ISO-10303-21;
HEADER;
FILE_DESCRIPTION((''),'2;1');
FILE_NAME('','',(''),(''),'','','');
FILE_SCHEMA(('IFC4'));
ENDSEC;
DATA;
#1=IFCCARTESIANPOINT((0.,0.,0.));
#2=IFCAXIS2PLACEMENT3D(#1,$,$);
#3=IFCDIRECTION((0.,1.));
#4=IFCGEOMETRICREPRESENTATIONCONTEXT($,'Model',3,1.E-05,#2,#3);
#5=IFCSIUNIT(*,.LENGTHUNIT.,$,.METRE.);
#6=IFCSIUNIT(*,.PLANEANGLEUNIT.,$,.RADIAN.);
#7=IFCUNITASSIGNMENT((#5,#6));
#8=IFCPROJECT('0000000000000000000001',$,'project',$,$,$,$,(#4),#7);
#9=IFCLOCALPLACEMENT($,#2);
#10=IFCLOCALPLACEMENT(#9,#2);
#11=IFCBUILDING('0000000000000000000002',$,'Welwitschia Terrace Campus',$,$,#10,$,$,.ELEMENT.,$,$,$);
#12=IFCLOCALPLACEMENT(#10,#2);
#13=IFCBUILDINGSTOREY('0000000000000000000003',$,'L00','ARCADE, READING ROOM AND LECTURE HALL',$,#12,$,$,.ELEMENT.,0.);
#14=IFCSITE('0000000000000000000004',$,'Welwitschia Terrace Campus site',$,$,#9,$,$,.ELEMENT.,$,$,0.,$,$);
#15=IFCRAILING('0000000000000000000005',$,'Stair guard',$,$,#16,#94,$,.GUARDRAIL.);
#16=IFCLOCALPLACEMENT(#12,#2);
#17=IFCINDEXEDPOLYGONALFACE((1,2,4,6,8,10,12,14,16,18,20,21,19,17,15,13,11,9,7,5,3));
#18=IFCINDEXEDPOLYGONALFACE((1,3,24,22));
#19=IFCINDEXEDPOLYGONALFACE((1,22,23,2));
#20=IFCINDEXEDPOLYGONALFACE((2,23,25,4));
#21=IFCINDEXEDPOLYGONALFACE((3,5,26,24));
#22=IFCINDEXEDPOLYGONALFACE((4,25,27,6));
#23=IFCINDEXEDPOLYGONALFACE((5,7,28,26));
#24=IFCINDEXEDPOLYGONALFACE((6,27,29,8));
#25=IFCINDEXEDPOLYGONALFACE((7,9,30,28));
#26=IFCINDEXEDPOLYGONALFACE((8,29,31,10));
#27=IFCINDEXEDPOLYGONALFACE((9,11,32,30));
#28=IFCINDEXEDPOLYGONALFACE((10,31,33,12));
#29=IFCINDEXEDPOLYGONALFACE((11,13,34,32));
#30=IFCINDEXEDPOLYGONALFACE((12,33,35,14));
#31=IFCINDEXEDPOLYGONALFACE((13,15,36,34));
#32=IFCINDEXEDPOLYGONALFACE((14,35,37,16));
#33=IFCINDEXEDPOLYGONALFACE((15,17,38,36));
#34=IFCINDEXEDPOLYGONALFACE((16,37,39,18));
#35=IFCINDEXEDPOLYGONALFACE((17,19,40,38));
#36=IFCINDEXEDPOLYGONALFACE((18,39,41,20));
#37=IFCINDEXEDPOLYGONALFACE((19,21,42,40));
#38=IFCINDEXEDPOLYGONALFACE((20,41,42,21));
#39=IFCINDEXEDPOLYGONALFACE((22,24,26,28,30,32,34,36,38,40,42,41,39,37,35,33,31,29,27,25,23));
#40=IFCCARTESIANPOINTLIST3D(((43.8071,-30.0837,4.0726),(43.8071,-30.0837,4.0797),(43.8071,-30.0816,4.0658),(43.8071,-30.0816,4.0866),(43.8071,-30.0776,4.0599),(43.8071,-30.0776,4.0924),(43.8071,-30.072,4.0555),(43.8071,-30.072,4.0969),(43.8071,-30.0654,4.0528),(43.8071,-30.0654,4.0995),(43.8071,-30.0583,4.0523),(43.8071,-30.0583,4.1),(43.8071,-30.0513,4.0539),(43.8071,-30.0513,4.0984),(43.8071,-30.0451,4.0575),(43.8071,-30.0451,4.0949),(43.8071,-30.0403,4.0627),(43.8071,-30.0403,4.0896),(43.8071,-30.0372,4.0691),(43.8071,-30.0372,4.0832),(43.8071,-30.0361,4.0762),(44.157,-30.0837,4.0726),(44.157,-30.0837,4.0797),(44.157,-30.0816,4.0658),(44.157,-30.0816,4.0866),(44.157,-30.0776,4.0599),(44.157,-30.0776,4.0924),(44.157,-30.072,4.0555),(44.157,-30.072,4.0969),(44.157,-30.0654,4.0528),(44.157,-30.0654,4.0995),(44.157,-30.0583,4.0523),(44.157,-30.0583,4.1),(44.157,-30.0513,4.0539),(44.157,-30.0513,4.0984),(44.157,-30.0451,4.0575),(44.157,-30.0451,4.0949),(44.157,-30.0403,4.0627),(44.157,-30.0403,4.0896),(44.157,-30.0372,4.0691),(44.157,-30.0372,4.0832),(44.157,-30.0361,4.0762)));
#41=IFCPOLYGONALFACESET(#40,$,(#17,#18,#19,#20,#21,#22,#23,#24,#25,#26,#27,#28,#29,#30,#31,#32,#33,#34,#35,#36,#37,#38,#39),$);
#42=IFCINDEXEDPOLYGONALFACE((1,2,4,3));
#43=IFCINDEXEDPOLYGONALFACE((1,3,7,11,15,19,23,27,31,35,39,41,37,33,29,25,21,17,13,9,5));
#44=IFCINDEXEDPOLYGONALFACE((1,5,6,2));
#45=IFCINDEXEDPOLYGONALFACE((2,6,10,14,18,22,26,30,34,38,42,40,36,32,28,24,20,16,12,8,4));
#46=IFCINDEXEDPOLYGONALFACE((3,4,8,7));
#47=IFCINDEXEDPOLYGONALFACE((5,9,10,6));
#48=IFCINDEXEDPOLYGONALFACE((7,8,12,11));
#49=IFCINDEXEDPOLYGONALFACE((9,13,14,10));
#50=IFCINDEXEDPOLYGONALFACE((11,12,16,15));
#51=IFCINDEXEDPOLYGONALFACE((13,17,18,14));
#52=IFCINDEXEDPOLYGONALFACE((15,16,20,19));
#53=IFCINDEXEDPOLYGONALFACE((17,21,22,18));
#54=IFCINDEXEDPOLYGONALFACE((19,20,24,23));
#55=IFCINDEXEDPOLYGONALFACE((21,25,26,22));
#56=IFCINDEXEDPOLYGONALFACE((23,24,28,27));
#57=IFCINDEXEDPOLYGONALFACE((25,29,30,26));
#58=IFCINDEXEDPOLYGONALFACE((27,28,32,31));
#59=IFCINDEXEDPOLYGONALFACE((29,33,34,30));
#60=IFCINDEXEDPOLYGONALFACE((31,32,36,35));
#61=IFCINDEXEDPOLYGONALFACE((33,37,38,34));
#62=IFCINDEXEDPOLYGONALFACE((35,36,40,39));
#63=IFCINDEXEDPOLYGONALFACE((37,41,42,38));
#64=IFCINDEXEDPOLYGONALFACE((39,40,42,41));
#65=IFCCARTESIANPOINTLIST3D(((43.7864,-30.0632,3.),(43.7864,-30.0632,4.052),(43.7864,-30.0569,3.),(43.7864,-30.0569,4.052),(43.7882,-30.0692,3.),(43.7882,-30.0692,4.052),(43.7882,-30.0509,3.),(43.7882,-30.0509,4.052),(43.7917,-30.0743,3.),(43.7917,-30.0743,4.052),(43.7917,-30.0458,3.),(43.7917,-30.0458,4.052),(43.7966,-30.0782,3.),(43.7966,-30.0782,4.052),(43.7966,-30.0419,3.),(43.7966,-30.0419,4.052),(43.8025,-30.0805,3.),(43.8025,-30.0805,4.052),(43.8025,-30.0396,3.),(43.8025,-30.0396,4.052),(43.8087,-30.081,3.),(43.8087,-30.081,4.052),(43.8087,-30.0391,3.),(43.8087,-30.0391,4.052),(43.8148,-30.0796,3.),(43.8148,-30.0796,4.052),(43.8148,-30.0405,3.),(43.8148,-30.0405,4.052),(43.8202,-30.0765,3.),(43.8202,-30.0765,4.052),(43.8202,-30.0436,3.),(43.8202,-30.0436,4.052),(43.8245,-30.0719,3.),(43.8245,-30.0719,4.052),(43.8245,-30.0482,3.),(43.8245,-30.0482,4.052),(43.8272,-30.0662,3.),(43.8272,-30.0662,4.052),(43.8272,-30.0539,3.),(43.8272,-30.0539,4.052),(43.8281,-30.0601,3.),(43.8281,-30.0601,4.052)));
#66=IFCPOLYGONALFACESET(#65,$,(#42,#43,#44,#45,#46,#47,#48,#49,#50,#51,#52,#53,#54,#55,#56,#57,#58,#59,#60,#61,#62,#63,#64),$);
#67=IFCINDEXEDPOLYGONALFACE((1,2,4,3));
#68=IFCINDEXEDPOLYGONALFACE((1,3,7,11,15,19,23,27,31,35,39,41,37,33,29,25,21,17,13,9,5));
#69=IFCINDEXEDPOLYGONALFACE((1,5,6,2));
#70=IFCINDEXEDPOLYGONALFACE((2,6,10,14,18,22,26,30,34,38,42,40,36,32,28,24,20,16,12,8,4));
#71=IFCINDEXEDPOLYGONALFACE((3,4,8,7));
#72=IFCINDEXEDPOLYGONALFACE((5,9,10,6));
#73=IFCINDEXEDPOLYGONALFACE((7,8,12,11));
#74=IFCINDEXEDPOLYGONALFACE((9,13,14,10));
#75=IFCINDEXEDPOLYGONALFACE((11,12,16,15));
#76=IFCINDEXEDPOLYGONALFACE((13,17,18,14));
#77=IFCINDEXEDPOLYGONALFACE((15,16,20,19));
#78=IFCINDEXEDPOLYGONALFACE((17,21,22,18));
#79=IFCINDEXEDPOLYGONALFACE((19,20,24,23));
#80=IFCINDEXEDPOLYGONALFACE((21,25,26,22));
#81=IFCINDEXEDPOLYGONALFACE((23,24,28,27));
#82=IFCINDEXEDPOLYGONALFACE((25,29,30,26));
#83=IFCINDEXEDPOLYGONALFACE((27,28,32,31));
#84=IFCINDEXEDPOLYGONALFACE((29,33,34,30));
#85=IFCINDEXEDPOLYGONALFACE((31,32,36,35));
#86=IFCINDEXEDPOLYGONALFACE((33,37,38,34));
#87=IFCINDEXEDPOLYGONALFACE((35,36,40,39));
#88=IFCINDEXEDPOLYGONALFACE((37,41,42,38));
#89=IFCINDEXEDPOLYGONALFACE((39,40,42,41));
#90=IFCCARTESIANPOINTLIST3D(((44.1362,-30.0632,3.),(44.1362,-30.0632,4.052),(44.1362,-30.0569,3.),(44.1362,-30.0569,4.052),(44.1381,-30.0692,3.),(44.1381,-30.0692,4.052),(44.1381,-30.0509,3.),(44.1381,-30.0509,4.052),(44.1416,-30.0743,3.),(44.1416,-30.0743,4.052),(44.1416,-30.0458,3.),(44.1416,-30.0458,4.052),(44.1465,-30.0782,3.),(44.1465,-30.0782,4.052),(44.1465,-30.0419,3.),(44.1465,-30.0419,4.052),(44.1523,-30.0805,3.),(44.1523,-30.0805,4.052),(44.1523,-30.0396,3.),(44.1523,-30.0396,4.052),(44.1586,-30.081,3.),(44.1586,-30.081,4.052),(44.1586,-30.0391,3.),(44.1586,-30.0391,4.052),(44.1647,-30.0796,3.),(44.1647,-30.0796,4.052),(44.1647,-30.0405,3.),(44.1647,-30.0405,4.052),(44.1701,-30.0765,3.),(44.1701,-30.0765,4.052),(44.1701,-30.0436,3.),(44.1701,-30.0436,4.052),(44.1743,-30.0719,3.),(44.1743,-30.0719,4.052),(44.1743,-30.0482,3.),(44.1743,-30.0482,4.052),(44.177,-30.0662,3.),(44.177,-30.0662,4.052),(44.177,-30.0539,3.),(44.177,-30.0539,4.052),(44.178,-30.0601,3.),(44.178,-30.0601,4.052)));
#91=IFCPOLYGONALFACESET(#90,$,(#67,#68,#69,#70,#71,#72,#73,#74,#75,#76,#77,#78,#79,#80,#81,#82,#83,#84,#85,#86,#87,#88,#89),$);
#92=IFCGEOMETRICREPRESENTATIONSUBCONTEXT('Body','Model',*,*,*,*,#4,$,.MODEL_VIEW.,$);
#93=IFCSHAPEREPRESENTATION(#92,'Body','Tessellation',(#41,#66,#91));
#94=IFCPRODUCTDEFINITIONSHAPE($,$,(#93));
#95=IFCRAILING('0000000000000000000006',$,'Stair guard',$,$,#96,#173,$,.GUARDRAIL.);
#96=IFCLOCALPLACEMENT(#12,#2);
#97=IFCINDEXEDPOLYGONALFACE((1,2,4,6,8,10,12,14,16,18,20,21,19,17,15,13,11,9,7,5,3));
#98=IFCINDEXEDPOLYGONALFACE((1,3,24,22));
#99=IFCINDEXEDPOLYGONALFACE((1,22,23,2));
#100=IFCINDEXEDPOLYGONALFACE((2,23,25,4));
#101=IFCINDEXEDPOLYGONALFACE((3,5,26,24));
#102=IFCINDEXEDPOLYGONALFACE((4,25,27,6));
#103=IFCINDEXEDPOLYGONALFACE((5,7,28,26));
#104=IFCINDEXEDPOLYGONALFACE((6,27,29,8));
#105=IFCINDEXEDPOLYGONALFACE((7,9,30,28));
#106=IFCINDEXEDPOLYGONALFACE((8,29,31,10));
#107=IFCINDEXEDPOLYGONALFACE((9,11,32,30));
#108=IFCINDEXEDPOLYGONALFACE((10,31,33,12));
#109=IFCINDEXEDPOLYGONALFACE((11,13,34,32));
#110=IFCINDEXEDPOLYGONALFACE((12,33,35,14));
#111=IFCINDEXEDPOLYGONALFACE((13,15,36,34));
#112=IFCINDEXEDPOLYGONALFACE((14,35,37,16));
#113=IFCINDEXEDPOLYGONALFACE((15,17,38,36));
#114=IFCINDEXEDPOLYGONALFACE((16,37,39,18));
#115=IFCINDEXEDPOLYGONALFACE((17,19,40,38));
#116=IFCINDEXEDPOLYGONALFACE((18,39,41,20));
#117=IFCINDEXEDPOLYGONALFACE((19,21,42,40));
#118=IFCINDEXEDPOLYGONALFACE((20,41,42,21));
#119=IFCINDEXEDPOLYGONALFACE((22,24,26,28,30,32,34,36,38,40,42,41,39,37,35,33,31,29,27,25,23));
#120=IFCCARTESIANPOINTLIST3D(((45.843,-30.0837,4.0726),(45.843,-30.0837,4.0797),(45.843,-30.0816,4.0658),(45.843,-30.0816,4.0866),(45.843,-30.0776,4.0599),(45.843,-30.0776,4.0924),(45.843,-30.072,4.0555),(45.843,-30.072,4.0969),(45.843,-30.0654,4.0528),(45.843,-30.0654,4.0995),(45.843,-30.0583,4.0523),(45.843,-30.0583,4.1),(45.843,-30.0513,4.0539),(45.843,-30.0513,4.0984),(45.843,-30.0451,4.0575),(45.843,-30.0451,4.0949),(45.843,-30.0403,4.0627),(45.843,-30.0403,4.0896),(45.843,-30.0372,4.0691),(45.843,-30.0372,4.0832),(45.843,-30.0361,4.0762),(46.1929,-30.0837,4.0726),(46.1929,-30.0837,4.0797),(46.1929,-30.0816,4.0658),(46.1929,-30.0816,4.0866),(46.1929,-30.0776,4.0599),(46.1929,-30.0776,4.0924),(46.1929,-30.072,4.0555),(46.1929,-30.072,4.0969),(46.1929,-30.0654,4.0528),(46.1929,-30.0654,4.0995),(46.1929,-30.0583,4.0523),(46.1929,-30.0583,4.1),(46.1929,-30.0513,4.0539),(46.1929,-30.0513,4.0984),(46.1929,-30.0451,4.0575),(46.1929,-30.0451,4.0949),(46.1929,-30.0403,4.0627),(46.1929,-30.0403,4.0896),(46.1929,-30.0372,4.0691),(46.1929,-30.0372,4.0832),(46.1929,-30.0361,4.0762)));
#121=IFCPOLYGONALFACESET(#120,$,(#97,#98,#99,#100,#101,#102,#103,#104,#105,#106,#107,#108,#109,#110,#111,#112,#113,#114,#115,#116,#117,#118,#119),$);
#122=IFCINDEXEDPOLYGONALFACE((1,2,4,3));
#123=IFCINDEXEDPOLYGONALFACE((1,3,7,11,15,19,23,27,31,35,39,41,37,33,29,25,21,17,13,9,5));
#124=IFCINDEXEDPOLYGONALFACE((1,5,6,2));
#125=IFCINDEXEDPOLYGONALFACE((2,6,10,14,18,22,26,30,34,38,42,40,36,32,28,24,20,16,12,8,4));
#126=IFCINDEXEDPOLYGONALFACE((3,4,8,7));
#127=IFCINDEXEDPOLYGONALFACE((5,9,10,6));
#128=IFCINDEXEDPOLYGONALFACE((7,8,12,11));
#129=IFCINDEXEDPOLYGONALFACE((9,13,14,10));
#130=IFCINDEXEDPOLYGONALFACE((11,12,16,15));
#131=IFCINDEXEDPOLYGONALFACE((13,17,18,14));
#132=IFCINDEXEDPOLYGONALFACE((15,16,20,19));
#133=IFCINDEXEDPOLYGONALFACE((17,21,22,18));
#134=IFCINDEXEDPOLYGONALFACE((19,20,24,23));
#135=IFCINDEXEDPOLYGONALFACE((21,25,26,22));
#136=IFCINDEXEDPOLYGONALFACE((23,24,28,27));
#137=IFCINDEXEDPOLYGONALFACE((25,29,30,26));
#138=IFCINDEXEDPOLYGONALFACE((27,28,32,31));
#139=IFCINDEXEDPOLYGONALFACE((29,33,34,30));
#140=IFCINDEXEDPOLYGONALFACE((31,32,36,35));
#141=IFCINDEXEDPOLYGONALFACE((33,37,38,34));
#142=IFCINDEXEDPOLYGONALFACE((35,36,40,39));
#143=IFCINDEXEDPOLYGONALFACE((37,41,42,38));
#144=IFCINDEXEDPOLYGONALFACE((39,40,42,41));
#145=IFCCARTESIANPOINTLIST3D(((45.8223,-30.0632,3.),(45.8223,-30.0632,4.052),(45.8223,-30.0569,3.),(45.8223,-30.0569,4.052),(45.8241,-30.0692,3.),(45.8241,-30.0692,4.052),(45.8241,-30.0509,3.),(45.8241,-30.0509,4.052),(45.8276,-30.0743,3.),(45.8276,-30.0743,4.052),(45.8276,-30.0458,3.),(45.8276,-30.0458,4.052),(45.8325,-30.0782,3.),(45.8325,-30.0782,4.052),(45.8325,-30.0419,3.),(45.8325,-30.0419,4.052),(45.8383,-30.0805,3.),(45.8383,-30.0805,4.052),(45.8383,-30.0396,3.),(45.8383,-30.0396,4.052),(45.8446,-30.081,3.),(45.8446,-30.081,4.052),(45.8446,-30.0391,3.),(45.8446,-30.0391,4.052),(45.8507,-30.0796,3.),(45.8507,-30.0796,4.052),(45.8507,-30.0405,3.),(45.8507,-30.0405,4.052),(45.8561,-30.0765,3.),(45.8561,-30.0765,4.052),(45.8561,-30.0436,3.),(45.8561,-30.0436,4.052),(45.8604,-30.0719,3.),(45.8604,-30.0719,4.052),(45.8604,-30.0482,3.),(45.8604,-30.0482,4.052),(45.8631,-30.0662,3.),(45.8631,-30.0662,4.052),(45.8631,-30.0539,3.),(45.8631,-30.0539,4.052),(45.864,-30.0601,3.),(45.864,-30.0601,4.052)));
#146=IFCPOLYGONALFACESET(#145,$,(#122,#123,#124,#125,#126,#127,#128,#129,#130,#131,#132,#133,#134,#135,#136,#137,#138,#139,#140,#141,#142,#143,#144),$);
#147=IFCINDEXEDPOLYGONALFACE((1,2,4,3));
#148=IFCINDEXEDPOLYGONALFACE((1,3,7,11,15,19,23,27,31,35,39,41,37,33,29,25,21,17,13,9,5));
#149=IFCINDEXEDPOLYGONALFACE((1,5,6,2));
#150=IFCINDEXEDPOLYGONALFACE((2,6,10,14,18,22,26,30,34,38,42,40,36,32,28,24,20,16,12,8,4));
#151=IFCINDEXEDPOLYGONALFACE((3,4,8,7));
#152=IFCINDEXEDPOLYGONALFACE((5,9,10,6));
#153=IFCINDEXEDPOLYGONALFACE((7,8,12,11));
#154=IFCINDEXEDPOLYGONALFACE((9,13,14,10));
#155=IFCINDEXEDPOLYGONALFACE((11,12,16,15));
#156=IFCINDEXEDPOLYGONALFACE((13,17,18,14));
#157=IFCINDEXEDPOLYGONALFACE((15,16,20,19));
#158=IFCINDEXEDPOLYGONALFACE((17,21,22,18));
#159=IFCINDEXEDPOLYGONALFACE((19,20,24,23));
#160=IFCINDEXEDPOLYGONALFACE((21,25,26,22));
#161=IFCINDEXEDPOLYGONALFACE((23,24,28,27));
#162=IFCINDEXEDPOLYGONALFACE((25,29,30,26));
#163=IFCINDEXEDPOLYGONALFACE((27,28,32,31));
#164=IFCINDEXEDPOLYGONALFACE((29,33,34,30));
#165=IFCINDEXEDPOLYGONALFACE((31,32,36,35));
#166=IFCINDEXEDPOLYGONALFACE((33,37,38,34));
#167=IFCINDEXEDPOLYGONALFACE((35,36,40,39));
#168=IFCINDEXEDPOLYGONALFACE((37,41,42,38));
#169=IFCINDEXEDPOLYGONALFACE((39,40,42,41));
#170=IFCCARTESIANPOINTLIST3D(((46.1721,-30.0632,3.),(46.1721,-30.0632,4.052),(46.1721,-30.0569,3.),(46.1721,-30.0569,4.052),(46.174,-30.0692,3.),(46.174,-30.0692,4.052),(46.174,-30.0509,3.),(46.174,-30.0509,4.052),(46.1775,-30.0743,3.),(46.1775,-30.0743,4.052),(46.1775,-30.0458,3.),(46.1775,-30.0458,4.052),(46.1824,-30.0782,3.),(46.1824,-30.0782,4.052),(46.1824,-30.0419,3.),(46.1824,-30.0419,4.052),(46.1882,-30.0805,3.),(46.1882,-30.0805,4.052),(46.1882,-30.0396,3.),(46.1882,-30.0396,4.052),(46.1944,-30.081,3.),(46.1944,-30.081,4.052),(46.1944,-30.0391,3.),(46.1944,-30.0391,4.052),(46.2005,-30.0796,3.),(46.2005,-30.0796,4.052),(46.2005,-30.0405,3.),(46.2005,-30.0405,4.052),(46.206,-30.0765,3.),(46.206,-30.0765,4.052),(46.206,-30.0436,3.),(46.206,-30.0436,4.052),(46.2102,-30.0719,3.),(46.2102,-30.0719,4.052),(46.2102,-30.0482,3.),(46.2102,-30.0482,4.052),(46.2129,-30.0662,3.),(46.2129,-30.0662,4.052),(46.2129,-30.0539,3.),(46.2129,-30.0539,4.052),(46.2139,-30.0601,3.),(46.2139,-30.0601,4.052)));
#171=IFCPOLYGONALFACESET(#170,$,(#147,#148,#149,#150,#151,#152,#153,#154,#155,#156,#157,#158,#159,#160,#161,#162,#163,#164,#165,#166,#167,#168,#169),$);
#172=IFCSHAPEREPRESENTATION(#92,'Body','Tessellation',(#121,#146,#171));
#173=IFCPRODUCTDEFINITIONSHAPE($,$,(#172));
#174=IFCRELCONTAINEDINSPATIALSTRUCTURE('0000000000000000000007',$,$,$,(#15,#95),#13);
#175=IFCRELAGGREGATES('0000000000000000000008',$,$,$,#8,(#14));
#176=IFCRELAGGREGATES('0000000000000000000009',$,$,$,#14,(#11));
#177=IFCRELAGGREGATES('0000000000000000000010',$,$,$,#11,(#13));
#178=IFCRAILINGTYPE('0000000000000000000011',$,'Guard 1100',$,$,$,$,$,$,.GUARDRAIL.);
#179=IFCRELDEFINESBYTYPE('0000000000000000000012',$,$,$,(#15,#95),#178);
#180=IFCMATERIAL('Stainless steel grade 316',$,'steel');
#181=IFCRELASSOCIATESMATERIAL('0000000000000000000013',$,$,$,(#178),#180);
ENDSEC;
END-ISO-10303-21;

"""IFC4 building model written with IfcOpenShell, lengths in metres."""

from ifc_helpers import new_model, si_unit, direction, frame, origin, origin_2d, place, context, subcontext, project, spatial, circle, extrude, material, type_object, element, save


model = new_model("IFC4")

# Units and contexts
model_context = context("Model", 3, precision=1e-05, world=origin(), true_north=direction((0.0, 1.0)))
body_context = subcontext(model_context, "Body", "Model", "MODEL_VIEW")
ifc_project = project(units=[si_unit("LENGTHUNIT", "METRE"), si_unit("PLANEANGLEUNIT", "RADIAN")], contexts=[model_context])

# Site, building, storey
site_placement = place(None, origin())
site = spatial("IfcSite", under=ifc_project, at=site_placement, Name="Welwitschia Terrace Campus site", CompositionType="ELEMENT", RefElevation=0.0)
building_placement = place(site_placement, origin())
building = spatial("IfcBuilding", under=site, at=building_placement, Name="Welwitschia Terrace Campus", CompositionType="ELEMENT")
storey_placement = place(building_placement, origin())
storey = spatial("IfcBuildingStorey", under=building, at=storey_placement, Name="L00", Description="ARCADE, READING ROOM AND LECTURE HALL", CompositionType="ELEMENT", Elevation=0.0)

# Railings
ifc_material_1 = material(Name="Stainless steel grade 316", Category="steel")
railing_type_1 = type_object("IfcRailingType", Name="Guard 1100", PredefinedType="GUARDRAIL", material=ifc_material_1)
for number, where, name in (
    (1, (43.8071, -30.0601, 3.0), "Stair guard"),
    (2, (45.843, -30.0601, 3.0), "Stair guard"),
):
    element("IfcRailing", number, at=place(storey_placement, frame(where)), inside=storey, type_object=railing_type_1, Name=name, PredefinedType="GUARDRAIL", context=body_context, shape_type="SweptSolid", body=[
        extrude(circle(Radius=0.0239, at=origin_2d()), frame((0.0, 0.0, 1.0762), z_axis=(1.0, 0.0, 0.0), x_axis=(0.0, 1.0, 0.0)), (0.0, 0.0, 1.0), 0.3499),
        extrude(circle(Radius=0.021, at=origin_2d()), origin(), (0.0, 0.0, 1.0), 1.052),
        extrude(circle(Radius=0.021, at=origin_2d()), frame((0.3499, 0.0, 0.0)), (0.0, 0.0, 1.0), 1.052),
    ])

save(model, "model.ifc")
